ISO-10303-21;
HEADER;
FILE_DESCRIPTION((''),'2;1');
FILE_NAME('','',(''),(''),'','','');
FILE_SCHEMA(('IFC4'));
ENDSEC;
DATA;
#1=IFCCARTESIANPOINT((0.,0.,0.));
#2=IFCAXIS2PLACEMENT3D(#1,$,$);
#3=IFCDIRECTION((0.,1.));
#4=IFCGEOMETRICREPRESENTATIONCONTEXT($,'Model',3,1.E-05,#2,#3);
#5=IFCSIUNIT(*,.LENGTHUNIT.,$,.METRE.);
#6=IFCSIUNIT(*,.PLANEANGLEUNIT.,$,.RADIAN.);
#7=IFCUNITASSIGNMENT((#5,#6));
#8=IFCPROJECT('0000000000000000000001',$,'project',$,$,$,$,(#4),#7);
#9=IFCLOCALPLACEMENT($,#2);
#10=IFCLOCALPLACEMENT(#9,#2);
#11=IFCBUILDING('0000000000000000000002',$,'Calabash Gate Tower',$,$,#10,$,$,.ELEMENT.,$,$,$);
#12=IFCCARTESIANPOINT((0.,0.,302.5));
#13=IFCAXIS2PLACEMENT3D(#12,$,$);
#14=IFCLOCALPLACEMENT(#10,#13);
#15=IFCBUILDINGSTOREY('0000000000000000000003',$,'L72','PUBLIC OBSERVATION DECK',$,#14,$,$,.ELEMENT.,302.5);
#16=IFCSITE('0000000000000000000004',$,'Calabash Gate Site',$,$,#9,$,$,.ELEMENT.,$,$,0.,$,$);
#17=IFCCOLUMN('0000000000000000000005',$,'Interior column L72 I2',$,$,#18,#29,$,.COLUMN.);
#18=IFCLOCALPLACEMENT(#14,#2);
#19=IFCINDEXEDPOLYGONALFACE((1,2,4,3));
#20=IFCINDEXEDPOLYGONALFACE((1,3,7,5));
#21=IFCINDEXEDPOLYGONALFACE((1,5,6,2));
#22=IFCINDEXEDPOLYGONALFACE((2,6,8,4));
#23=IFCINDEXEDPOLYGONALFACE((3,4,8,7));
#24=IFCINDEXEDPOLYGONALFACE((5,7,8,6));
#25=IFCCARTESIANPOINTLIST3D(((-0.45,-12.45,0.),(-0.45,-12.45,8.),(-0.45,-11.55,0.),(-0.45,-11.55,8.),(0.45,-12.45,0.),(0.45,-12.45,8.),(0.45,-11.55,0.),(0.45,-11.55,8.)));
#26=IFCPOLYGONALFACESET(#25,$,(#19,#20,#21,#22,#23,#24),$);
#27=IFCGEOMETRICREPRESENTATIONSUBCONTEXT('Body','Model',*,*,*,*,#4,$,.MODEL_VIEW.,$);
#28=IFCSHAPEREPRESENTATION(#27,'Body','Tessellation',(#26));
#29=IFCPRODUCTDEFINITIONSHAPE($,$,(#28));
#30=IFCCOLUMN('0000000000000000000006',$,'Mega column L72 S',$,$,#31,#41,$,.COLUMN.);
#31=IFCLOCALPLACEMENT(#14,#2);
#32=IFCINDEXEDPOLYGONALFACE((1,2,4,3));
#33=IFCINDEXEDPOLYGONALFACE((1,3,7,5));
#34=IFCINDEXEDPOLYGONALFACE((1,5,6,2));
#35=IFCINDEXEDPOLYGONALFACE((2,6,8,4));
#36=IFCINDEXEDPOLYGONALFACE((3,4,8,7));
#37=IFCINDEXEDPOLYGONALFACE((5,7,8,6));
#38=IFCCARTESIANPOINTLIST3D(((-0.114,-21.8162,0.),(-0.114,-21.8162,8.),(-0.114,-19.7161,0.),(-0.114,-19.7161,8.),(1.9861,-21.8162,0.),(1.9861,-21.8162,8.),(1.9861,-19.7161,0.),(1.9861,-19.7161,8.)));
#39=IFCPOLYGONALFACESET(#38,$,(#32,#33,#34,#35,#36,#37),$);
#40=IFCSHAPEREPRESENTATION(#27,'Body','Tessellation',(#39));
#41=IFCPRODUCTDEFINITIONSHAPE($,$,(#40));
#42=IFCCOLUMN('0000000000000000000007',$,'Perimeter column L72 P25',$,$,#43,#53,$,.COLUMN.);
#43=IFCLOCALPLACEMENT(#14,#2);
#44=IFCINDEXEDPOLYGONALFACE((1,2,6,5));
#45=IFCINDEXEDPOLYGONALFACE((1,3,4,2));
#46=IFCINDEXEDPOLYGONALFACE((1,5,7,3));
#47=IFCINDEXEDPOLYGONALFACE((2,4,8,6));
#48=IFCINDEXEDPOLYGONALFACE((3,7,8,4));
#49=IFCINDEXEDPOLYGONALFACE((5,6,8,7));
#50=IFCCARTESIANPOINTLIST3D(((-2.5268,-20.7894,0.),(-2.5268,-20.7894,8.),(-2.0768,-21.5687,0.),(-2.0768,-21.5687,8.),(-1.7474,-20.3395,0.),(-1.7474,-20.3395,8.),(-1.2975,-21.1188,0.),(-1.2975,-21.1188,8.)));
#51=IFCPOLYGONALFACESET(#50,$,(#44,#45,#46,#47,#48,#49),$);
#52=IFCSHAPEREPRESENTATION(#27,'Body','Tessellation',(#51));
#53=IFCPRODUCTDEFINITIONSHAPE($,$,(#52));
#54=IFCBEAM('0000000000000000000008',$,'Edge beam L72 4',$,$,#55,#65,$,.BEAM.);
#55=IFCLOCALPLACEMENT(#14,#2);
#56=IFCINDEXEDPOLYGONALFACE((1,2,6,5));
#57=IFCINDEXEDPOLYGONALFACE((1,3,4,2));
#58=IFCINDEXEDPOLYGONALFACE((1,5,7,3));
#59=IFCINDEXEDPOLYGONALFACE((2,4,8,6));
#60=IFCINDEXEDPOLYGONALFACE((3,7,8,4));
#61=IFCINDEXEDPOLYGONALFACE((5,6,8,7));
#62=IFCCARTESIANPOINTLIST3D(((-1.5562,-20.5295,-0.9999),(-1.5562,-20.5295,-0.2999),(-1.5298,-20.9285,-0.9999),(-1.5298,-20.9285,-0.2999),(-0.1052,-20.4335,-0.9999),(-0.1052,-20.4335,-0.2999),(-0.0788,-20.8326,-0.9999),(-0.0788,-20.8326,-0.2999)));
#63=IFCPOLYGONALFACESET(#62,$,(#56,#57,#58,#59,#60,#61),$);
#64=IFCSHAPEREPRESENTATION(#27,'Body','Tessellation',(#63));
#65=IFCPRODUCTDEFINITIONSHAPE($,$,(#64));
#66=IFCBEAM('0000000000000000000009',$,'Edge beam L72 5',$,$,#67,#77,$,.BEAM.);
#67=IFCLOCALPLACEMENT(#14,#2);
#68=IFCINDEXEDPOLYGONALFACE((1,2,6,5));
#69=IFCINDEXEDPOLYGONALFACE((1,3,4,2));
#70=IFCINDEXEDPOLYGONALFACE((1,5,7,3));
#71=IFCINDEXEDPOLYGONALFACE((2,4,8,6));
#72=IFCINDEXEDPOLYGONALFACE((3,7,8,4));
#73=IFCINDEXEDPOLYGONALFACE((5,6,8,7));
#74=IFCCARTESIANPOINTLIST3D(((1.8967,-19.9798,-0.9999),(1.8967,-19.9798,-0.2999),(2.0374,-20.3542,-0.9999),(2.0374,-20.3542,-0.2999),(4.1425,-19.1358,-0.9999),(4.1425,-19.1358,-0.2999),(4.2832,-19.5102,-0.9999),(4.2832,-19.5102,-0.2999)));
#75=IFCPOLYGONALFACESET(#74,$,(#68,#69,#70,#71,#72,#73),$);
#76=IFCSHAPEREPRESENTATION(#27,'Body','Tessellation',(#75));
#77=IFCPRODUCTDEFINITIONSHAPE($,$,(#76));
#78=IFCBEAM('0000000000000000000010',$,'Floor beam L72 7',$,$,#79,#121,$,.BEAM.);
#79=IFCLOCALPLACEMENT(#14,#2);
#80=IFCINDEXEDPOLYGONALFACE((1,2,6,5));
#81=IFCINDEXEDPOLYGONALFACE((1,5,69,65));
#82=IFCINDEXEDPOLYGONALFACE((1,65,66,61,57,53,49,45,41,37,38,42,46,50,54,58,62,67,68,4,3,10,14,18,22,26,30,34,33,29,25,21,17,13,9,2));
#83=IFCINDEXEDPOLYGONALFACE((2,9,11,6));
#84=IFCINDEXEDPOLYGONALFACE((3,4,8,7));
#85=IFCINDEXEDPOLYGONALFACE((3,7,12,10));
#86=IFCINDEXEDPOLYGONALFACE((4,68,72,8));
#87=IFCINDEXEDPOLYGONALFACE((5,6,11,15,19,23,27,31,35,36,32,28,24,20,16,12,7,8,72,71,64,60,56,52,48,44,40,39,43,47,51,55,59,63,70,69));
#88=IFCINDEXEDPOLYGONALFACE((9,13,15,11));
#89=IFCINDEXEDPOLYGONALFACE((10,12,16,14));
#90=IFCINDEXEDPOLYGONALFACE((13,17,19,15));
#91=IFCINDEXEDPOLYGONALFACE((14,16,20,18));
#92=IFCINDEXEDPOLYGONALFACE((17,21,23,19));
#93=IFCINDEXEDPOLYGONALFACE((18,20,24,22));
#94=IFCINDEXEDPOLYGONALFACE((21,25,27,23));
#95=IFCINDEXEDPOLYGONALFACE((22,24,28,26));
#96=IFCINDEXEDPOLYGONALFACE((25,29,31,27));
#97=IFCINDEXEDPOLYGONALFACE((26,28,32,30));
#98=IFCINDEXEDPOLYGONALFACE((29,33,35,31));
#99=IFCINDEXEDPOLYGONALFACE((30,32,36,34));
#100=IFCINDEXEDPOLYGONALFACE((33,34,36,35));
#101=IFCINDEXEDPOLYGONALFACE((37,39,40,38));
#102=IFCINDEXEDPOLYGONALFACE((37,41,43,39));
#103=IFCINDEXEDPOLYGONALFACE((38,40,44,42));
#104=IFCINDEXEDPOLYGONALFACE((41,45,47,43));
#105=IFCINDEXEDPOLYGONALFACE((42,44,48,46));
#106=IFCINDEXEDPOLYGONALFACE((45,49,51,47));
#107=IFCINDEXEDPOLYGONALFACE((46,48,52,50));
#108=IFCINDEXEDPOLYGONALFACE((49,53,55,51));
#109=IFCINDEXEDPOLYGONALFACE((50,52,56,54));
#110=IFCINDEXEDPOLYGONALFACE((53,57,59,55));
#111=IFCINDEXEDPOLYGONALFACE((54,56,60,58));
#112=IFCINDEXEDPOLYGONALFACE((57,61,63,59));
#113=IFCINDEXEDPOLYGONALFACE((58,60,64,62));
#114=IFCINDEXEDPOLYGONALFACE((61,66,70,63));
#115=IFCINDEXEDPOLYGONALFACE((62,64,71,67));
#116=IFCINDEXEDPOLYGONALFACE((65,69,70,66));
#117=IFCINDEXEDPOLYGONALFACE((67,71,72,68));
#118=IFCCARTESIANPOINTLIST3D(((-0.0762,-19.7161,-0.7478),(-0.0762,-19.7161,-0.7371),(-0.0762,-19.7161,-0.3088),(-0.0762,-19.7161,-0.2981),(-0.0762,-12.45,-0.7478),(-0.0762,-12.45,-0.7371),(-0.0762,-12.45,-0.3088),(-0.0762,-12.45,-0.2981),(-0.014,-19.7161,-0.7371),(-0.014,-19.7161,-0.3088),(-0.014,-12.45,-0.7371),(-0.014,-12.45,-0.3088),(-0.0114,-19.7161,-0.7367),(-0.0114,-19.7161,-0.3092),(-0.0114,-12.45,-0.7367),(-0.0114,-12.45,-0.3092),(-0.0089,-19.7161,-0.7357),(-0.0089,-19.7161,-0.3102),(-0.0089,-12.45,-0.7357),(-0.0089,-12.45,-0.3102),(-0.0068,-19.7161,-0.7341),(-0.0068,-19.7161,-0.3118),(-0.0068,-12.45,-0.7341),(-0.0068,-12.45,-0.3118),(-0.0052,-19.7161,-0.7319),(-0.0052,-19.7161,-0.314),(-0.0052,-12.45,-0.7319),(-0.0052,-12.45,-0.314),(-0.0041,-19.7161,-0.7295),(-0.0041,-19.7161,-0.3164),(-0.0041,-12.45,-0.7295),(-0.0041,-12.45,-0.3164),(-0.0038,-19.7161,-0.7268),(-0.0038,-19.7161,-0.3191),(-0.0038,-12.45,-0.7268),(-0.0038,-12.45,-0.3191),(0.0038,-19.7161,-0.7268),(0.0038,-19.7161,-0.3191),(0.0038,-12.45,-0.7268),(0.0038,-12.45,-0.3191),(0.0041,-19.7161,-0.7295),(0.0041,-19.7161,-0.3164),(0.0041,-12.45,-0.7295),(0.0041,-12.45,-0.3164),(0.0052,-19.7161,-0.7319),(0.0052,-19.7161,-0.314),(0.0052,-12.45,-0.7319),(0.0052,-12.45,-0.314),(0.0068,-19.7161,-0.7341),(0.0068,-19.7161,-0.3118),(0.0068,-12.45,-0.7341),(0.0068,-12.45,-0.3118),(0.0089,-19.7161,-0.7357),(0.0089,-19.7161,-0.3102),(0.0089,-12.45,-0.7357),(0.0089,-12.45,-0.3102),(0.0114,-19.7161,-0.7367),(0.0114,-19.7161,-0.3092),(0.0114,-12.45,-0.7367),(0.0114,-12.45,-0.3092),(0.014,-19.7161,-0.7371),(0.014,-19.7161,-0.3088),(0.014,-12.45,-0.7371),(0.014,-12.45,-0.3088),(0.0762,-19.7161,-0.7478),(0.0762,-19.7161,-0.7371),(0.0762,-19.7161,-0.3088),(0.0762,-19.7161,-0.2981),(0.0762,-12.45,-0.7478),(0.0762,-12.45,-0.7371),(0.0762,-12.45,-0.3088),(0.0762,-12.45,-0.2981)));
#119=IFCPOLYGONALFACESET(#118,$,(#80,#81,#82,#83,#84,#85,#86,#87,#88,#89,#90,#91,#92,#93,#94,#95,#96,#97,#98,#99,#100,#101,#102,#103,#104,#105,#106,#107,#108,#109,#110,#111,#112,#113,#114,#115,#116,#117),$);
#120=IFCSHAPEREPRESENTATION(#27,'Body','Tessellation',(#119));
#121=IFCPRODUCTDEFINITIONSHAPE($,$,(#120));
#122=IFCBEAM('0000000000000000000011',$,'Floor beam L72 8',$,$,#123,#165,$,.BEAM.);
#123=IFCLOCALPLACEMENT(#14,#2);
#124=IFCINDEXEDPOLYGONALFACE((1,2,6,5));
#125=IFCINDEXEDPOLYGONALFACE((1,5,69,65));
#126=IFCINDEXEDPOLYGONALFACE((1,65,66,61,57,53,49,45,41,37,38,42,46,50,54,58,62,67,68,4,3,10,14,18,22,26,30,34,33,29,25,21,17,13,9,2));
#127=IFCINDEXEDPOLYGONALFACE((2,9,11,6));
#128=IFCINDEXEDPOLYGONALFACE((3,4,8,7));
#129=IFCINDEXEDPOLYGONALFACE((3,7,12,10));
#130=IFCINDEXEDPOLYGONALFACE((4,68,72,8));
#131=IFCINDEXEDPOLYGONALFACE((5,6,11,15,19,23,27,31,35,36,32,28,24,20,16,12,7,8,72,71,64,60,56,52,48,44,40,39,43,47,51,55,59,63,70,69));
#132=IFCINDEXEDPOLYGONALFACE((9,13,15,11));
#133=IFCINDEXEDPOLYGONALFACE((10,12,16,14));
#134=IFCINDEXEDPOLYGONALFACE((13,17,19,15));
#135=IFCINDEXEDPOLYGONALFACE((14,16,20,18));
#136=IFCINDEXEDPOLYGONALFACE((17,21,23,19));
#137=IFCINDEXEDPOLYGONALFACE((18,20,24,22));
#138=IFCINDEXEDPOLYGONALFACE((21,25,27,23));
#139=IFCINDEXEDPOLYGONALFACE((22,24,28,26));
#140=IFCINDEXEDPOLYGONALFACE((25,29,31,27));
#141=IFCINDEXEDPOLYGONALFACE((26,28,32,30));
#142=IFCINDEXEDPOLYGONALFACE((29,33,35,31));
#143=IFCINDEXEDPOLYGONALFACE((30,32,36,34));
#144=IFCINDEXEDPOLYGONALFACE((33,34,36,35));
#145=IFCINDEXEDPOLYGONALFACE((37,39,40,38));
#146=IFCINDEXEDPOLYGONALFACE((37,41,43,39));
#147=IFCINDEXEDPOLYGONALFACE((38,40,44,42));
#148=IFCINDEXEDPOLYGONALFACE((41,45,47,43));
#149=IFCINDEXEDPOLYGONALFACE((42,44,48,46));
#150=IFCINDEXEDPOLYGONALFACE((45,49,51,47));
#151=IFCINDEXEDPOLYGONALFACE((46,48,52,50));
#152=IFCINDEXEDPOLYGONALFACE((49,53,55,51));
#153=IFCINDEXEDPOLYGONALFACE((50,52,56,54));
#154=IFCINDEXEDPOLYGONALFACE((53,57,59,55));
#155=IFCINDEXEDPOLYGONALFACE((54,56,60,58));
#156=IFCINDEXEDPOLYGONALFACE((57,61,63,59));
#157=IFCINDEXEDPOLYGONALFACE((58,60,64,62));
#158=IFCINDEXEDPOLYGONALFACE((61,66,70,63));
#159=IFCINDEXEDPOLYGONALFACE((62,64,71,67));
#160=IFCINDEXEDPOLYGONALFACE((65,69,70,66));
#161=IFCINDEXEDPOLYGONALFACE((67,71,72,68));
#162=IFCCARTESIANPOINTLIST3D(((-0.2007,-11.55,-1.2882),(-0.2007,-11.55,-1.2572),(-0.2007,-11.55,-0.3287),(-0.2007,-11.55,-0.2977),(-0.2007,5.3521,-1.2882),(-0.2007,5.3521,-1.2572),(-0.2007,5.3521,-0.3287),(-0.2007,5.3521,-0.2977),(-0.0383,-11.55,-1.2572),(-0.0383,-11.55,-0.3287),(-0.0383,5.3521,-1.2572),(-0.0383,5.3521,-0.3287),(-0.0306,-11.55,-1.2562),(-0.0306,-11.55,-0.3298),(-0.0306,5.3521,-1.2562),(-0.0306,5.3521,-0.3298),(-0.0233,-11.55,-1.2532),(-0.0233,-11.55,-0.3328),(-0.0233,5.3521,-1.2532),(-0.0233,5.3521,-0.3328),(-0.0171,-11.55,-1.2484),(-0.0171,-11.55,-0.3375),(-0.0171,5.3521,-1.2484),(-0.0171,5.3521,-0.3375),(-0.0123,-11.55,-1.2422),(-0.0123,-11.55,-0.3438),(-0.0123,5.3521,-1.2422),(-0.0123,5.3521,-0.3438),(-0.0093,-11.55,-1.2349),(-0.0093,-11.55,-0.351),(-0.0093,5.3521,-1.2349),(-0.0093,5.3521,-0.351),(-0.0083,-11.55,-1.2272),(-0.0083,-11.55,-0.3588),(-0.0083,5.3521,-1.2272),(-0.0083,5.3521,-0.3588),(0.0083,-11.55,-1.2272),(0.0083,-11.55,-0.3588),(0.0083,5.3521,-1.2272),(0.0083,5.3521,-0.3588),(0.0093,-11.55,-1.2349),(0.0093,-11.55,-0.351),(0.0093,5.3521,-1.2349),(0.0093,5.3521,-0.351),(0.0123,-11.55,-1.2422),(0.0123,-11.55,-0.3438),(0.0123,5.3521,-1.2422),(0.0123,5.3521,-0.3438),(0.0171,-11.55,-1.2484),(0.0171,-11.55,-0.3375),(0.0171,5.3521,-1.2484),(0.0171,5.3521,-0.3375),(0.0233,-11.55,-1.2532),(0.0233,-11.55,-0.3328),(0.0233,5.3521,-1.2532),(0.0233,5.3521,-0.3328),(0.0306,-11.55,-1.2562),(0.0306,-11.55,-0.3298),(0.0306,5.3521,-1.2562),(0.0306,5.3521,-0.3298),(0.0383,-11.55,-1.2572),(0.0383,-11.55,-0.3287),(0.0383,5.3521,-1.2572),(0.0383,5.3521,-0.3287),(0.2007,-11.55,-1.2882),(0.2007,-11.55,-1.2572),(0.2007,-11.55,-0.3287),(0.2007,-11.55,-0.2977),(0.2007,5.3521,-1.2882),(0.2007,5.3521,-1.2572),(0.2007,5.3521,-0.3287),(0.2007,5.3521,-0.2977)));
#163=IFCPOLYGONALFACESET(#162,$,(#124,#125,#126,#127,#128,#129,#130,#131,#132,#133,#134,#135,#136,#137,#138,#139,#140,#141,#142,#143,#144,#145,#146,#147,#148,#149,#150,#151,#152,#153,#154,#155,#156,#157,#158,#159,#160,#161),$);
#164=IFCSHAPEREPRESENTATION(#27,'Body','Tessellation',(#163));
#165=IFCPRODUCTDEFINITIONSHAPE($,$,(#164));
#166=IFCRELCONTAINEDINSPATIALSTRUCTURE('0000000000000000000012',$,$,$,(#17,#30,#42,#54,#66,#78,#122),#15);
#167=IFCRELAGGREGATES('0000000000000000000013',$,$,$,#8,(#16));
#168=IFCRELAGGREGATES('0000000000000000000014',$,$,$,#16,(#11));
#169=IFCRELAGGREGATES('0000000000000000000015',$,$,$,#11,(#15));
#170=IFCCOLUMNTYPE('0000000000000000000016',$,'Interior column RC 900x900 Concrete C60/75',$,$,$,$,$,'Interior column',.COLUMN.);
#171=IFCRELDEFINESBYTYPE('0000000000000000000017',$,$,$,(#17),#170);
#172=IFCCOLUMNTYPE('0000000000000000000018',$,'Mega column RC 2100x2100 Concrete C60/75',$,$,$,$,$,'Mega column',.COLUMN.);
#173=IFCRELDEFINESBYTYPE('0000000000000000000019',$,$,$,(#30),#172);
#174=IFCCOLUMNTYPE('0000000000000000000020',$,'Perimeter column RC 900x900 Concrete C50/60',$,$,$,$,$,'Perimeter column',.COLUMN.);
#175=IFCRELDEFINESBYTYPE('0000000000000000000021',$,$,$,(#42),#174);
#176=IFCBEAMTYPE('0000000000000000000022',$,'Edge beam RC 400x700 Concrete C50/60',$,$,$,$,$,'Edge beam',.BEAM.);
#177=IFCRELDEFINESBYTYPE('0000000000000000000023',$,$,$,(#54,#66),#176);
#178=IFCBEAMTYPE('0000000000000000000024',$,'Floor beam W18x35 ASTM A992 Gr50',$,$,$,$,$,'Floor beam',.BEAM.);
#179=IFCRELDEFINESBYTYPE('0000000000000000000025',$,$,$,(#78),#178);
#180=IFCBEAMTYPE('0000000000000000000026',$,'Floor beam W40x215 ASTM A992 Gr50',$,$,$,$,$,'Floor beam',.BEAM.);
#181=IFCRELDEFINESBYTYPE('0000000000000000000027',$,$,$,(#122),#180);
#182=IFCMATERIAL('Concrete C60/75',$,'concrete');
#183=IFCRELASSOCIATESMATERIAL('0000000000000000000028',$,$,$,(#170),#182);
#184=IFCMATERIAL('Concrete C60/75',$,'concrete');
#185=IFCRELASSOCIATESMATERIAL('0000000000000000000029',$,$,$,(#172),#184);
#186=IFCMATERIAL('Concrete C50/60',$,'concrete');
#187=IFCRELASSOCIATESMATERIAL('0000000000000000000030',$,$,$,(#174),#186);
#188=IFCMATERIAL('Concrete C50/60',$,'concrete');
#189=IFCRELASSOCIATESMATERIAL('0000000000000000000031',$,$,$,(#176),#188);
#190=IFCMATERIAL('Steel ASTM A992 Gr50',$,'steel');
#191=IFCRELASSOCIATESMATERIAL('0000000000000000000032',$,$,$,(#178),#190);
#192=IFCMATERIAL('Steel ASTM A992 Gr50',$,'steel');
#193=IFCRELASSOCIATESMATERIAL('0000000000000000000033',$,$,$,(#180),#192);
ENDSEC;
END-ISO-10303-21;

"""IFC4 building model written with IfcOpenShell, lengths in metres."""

from ifc_helpers import new_model, si_unit, direction, frame, origin, origin_2d, place, context, subcontext, project, spatial, rectangle, i_section, extrude, material, material_profile, profile_set, type_object, element, save


model = new_model("IFC4")

# Units and contexts
model_context = context("Model", 3, precision=1e-05, world=origin(), true_north=direction((0.0, 1.0)))
body_context = subcontext(model_context, "Body", "Model", "MODEL_VIEW")
ifc_project = project(units=[si_unit("LENGTHUNIT", "METRE"), si_unit("PLANEANGLEUNIT", "RADIAN")], contexts=[model_context])

# Site, building, storey
site_placement = place(None, origin())
site = spatial("IfcSite", under=ifc_project, at=site_placement, Name="Calabash Gate Site", CompositionType="ELEMENT", RefElevation=0.0)
building_placement = place(site_placement, origin())
building = spatial("IfcBuilding", under=site, at=building_placement, Name="Calabash Gate Tower", CompositionType="ELEMENT")
storey_placement = place(building_placement, frame((0.0, 0.0, 302.5)))
storey = spatial("IfcBuildingStorey", under=building, at=storey_placement, Name="L72", Description="PUBLIC OBSERVATION DECK", CompositionType="ELEMENT", Elevation=302.5)

# Columns
ifc_material_1 = material(Name="Concrete C60/75", Category="concrete")
ifc_material_profile_1 = material_profile(ifc_material_1, rectangle(XDim=0.8999, YDim=0.8999, at=origin_2d()))
ifc_profile_set_1 = profile_set([ifc_material_profile_1], Name="Concrete C60/75")
column_type_1 = type_object("IfcColumnType", Name="Interior column RC 900x900 Concrete C60/75", ElementType="Interior column", PredefinedType="COLUMN", material=ifc_profile_set_1)
column_1_placement = place(storey_placement, frame((0.0, -12.0, 0.0), z_axis=(0.0, 0.0, 1.0), x_axis=(1.0, 0.0, 0.0)))
element("IfcColumn", 1, at=column_1_placement, inside=storey, type_object=column_type_1, Name="Interior column L72 I2", PredefinedType="COLUMN", context=body_context, shape_type="SweptSolid", body=[
    extrude(rectangle(XDim=0.8999, YDim=0.8999, at=origin_2d()), origin(), (0.0, 0.0, 1.0), 8.0),
])
ifc_material_2 = material(Name="Concrete C60/75", Category="concrete")
ifc_material_profile_2 = material_profile(ifc_material_2, rectangle(XDim=2.1001, YDim=2.1001, at=origin_2d()))
ifc_profile_set_2 = profile_set([ifc_material_profile_2], Name="Concrete C60/75")
column_type_2 = type_object("IfcColumnType", Name="Mega column RC 2100x2100 Concrete C60/75", ElementType="Mega column", PredefinedType="COLUMN", material=ifc_profile_set_2)
column_2_placement = place(storey_placement, frame((0.936, -20.7661, 0.0), z_axis=(0.0, 0.0, 1.0), x_axis=(0.0, 1.0, 0.0)))
element("IfcColumn", 2, at=column_2_placement, inside=storey, type_object=column_type_2, Name="Mega column L72 S", PredefinedType="COLUMN", context=body_context, shape_type="SweptSolid", body=[
    extrude(rectangle(XDim=2.1001, YDim=2.1001, at=origin_2d()), origin(), (0.0, 0.0, 1.0), 8.0),
])
ifc_material_3 = material(Name="Concrete C50/60", Category="concrete")
ifc_material_profile_3 = material_profile(ifc_material_3, rectangle(XDim=0.8999, YDim=0.8999, at=origin_2d()))
ifc_profile_set_3 = profile_set([ifc_material_profile_3], Name="Concrete C50/60")
column_type_3 = type_object("IfcColumnType", Name="Perimeter column RC 900x900 Concrete C50/60", ElementType="Perimeter column", PredefinedType="COLUMN", material=ifc_profile_set_3)
column_3_placement = place(storey_placement, frame((-1.9121, -20.9541, 0.0), z_axis=(0.0, 0.0, 1.0), x_axis=(0.5, -0.866025, 0.0)))
element("IfcColumn", 3, at=column_3_placement, inside=storey, type_object=column_type_3, Name="Perimeter column L72 P25", PredefinedType="COLUMN", context=body_context, shape_type="SweptSolid", body=[
    extrude(rectangle(XDim=0.8999, YDim=0.8999, at=origin_2d()), origin(), (0.0, 0.0, 1.0), 8.0),
])

# Beams
ifc_material_4 = material(Name="Concrete C50/60", Category="concrete")
ifc_material_profile_4 = material_profile(ifc_material_4, rectangle(XDim=0.3999, YDim=0.7, at=origin_2d()))
ifc_profile_set_4 = profile_set([ifc_material_profile_4], Name="Concrete C50/60")
beam_type_1 = type_object("IfcBeamType", Name="Edge beam RC 400x700 Concrete C50/60", ElementType="Edge beam", PredefinedType="BEAM", material=ifc_profile_set_4)
beam_1_placement = place(storey_placement, frame((-1.543, -20.729, -0.6499), z_axis=(0.997821, 0.065984, 0.0), x_axis=(-0.065984, 0.997821, 0.0)))
element("IfcBeam", 4, at=beam_1_placement, inside=storey, type_object=beam_type_1, Name="Edge beam L72 4", PredefinedType="BEAM", context=body_context, shape_type="SweptSolid", body=[
    extrude(rectangle(XDim=0.3999, YDim=0.7, at=origin_2d()), origin(), (0.0, 0.0, 1.0), 1.4541),
])
beam_2_placement = place(storey_placement, frame((1.967, -20.167, -0.6499), z_axis=(0.936082, 0.351781, 0.0), x_axis=(-0.351781, 0.936082, 0.0)))
element("IfcBeam", 5, at=beam_2_placement, inside=storey, type_object=beam_type_1, Name="Edge beam L72 5", PredefinedType="BEAM", context=body_context, shape_type="SweptSolid", body=[
    extrude(rectangle(XDim=0.3999, YDim=0.7, at=origin_2d()), origin(), (0.0, 0.0, 1.0), 2.3992),
])
ifc_material_5 = material(Name="Steel ASTM A992 Gr50", Category="steel")
ifc_material_profile_5 = material_profile(ifc_material_5, i_section(OverallWidth=0.1523, OverallDepth=0.4497, WebThickness=0.0076, FlangeThickness=0.0107, FilletRadius=0.0103, at=origin_2d()))
ifc_profile_set_5 = profile_set([ifc_material_profile_5], Name="Steel ASTM A992 Gr50")
beam_type_2 = type_object("IfcBeamType", Name="Floor beam W18x35 ASTM A992 Gr50", ElementType="Floor beam", PredefinedType="BEAM", material=ifc_profile_set_5)
beam_3_placement = place(storey_placement, frame((0.0, -19.7161, -0.5229), z_axis=(0.0, 1.0, 0.0), x_axis=(-1.0, 0.0, 0.0)))
element("IfcBeam", 6, at=beam_3_placement, inside=storey, type_object=beam_type_2, Name="Floor beam L72 7", PredefinedType="BEAM", context=body_context, shape_type="SweptSolid", body=[
    extrude(i_section(OverallWidth=0.1523, OverallDepth=0.4497, WebThickness=0.0076, FlangeThickness=0.0107, FilletRadius=0.0103, at=origin_2d()), origin(), (0.0, 0.0, 1.0), 7.2661),
])
ifc_material_6 = material(Name="Steel ASTM A992 Gr50", Category="steel")
ifc_material_profile_6 = material_profile(ifc_material_6, i_section(OverallWidth=0.4014, OverallDepth=0.9905, WebThickness=0.0166, FlangeThickness=0.031, FilletRadius=0.03, at=origin_2d()))
ifc_profile_set_6 = profile_set([ifc_material_profile_6], Name="Steel ASTM A992 Gr50")
beam_type_3 = type_object("IfcBeamType", Name="Floor beam W40x215 ASTM A992 Gr50", ElementType="Floor beam", PredefinedType="BEAM", material=ifc_profile_set_6)
beam_4_placement = place(storey_placement, frame((0.0, -11.55, -0.793), z_axis=(0.0, 1.0, 0.0), x_axis=(-1.0, 0.0, 0.0)))
element("IfcBeam", 7, at=beam_4_placement, inside=storey, type_object=beam_type_3, Name="Floor beam L72 8", PredefinedType="BEAM", context=body_context, shape_type="SweptSolid", body=[
    extrude(i_section(OverallWidth=0.4014, OverallDepth=0.9905, WebThickness=0.0166, FlangeThickness=0.031, FilletRadius=0.03, at=origin_2d()), origin(), (0.0, 0.0, 1.0), 16.9021),
])

save(model, "model.ifc")
